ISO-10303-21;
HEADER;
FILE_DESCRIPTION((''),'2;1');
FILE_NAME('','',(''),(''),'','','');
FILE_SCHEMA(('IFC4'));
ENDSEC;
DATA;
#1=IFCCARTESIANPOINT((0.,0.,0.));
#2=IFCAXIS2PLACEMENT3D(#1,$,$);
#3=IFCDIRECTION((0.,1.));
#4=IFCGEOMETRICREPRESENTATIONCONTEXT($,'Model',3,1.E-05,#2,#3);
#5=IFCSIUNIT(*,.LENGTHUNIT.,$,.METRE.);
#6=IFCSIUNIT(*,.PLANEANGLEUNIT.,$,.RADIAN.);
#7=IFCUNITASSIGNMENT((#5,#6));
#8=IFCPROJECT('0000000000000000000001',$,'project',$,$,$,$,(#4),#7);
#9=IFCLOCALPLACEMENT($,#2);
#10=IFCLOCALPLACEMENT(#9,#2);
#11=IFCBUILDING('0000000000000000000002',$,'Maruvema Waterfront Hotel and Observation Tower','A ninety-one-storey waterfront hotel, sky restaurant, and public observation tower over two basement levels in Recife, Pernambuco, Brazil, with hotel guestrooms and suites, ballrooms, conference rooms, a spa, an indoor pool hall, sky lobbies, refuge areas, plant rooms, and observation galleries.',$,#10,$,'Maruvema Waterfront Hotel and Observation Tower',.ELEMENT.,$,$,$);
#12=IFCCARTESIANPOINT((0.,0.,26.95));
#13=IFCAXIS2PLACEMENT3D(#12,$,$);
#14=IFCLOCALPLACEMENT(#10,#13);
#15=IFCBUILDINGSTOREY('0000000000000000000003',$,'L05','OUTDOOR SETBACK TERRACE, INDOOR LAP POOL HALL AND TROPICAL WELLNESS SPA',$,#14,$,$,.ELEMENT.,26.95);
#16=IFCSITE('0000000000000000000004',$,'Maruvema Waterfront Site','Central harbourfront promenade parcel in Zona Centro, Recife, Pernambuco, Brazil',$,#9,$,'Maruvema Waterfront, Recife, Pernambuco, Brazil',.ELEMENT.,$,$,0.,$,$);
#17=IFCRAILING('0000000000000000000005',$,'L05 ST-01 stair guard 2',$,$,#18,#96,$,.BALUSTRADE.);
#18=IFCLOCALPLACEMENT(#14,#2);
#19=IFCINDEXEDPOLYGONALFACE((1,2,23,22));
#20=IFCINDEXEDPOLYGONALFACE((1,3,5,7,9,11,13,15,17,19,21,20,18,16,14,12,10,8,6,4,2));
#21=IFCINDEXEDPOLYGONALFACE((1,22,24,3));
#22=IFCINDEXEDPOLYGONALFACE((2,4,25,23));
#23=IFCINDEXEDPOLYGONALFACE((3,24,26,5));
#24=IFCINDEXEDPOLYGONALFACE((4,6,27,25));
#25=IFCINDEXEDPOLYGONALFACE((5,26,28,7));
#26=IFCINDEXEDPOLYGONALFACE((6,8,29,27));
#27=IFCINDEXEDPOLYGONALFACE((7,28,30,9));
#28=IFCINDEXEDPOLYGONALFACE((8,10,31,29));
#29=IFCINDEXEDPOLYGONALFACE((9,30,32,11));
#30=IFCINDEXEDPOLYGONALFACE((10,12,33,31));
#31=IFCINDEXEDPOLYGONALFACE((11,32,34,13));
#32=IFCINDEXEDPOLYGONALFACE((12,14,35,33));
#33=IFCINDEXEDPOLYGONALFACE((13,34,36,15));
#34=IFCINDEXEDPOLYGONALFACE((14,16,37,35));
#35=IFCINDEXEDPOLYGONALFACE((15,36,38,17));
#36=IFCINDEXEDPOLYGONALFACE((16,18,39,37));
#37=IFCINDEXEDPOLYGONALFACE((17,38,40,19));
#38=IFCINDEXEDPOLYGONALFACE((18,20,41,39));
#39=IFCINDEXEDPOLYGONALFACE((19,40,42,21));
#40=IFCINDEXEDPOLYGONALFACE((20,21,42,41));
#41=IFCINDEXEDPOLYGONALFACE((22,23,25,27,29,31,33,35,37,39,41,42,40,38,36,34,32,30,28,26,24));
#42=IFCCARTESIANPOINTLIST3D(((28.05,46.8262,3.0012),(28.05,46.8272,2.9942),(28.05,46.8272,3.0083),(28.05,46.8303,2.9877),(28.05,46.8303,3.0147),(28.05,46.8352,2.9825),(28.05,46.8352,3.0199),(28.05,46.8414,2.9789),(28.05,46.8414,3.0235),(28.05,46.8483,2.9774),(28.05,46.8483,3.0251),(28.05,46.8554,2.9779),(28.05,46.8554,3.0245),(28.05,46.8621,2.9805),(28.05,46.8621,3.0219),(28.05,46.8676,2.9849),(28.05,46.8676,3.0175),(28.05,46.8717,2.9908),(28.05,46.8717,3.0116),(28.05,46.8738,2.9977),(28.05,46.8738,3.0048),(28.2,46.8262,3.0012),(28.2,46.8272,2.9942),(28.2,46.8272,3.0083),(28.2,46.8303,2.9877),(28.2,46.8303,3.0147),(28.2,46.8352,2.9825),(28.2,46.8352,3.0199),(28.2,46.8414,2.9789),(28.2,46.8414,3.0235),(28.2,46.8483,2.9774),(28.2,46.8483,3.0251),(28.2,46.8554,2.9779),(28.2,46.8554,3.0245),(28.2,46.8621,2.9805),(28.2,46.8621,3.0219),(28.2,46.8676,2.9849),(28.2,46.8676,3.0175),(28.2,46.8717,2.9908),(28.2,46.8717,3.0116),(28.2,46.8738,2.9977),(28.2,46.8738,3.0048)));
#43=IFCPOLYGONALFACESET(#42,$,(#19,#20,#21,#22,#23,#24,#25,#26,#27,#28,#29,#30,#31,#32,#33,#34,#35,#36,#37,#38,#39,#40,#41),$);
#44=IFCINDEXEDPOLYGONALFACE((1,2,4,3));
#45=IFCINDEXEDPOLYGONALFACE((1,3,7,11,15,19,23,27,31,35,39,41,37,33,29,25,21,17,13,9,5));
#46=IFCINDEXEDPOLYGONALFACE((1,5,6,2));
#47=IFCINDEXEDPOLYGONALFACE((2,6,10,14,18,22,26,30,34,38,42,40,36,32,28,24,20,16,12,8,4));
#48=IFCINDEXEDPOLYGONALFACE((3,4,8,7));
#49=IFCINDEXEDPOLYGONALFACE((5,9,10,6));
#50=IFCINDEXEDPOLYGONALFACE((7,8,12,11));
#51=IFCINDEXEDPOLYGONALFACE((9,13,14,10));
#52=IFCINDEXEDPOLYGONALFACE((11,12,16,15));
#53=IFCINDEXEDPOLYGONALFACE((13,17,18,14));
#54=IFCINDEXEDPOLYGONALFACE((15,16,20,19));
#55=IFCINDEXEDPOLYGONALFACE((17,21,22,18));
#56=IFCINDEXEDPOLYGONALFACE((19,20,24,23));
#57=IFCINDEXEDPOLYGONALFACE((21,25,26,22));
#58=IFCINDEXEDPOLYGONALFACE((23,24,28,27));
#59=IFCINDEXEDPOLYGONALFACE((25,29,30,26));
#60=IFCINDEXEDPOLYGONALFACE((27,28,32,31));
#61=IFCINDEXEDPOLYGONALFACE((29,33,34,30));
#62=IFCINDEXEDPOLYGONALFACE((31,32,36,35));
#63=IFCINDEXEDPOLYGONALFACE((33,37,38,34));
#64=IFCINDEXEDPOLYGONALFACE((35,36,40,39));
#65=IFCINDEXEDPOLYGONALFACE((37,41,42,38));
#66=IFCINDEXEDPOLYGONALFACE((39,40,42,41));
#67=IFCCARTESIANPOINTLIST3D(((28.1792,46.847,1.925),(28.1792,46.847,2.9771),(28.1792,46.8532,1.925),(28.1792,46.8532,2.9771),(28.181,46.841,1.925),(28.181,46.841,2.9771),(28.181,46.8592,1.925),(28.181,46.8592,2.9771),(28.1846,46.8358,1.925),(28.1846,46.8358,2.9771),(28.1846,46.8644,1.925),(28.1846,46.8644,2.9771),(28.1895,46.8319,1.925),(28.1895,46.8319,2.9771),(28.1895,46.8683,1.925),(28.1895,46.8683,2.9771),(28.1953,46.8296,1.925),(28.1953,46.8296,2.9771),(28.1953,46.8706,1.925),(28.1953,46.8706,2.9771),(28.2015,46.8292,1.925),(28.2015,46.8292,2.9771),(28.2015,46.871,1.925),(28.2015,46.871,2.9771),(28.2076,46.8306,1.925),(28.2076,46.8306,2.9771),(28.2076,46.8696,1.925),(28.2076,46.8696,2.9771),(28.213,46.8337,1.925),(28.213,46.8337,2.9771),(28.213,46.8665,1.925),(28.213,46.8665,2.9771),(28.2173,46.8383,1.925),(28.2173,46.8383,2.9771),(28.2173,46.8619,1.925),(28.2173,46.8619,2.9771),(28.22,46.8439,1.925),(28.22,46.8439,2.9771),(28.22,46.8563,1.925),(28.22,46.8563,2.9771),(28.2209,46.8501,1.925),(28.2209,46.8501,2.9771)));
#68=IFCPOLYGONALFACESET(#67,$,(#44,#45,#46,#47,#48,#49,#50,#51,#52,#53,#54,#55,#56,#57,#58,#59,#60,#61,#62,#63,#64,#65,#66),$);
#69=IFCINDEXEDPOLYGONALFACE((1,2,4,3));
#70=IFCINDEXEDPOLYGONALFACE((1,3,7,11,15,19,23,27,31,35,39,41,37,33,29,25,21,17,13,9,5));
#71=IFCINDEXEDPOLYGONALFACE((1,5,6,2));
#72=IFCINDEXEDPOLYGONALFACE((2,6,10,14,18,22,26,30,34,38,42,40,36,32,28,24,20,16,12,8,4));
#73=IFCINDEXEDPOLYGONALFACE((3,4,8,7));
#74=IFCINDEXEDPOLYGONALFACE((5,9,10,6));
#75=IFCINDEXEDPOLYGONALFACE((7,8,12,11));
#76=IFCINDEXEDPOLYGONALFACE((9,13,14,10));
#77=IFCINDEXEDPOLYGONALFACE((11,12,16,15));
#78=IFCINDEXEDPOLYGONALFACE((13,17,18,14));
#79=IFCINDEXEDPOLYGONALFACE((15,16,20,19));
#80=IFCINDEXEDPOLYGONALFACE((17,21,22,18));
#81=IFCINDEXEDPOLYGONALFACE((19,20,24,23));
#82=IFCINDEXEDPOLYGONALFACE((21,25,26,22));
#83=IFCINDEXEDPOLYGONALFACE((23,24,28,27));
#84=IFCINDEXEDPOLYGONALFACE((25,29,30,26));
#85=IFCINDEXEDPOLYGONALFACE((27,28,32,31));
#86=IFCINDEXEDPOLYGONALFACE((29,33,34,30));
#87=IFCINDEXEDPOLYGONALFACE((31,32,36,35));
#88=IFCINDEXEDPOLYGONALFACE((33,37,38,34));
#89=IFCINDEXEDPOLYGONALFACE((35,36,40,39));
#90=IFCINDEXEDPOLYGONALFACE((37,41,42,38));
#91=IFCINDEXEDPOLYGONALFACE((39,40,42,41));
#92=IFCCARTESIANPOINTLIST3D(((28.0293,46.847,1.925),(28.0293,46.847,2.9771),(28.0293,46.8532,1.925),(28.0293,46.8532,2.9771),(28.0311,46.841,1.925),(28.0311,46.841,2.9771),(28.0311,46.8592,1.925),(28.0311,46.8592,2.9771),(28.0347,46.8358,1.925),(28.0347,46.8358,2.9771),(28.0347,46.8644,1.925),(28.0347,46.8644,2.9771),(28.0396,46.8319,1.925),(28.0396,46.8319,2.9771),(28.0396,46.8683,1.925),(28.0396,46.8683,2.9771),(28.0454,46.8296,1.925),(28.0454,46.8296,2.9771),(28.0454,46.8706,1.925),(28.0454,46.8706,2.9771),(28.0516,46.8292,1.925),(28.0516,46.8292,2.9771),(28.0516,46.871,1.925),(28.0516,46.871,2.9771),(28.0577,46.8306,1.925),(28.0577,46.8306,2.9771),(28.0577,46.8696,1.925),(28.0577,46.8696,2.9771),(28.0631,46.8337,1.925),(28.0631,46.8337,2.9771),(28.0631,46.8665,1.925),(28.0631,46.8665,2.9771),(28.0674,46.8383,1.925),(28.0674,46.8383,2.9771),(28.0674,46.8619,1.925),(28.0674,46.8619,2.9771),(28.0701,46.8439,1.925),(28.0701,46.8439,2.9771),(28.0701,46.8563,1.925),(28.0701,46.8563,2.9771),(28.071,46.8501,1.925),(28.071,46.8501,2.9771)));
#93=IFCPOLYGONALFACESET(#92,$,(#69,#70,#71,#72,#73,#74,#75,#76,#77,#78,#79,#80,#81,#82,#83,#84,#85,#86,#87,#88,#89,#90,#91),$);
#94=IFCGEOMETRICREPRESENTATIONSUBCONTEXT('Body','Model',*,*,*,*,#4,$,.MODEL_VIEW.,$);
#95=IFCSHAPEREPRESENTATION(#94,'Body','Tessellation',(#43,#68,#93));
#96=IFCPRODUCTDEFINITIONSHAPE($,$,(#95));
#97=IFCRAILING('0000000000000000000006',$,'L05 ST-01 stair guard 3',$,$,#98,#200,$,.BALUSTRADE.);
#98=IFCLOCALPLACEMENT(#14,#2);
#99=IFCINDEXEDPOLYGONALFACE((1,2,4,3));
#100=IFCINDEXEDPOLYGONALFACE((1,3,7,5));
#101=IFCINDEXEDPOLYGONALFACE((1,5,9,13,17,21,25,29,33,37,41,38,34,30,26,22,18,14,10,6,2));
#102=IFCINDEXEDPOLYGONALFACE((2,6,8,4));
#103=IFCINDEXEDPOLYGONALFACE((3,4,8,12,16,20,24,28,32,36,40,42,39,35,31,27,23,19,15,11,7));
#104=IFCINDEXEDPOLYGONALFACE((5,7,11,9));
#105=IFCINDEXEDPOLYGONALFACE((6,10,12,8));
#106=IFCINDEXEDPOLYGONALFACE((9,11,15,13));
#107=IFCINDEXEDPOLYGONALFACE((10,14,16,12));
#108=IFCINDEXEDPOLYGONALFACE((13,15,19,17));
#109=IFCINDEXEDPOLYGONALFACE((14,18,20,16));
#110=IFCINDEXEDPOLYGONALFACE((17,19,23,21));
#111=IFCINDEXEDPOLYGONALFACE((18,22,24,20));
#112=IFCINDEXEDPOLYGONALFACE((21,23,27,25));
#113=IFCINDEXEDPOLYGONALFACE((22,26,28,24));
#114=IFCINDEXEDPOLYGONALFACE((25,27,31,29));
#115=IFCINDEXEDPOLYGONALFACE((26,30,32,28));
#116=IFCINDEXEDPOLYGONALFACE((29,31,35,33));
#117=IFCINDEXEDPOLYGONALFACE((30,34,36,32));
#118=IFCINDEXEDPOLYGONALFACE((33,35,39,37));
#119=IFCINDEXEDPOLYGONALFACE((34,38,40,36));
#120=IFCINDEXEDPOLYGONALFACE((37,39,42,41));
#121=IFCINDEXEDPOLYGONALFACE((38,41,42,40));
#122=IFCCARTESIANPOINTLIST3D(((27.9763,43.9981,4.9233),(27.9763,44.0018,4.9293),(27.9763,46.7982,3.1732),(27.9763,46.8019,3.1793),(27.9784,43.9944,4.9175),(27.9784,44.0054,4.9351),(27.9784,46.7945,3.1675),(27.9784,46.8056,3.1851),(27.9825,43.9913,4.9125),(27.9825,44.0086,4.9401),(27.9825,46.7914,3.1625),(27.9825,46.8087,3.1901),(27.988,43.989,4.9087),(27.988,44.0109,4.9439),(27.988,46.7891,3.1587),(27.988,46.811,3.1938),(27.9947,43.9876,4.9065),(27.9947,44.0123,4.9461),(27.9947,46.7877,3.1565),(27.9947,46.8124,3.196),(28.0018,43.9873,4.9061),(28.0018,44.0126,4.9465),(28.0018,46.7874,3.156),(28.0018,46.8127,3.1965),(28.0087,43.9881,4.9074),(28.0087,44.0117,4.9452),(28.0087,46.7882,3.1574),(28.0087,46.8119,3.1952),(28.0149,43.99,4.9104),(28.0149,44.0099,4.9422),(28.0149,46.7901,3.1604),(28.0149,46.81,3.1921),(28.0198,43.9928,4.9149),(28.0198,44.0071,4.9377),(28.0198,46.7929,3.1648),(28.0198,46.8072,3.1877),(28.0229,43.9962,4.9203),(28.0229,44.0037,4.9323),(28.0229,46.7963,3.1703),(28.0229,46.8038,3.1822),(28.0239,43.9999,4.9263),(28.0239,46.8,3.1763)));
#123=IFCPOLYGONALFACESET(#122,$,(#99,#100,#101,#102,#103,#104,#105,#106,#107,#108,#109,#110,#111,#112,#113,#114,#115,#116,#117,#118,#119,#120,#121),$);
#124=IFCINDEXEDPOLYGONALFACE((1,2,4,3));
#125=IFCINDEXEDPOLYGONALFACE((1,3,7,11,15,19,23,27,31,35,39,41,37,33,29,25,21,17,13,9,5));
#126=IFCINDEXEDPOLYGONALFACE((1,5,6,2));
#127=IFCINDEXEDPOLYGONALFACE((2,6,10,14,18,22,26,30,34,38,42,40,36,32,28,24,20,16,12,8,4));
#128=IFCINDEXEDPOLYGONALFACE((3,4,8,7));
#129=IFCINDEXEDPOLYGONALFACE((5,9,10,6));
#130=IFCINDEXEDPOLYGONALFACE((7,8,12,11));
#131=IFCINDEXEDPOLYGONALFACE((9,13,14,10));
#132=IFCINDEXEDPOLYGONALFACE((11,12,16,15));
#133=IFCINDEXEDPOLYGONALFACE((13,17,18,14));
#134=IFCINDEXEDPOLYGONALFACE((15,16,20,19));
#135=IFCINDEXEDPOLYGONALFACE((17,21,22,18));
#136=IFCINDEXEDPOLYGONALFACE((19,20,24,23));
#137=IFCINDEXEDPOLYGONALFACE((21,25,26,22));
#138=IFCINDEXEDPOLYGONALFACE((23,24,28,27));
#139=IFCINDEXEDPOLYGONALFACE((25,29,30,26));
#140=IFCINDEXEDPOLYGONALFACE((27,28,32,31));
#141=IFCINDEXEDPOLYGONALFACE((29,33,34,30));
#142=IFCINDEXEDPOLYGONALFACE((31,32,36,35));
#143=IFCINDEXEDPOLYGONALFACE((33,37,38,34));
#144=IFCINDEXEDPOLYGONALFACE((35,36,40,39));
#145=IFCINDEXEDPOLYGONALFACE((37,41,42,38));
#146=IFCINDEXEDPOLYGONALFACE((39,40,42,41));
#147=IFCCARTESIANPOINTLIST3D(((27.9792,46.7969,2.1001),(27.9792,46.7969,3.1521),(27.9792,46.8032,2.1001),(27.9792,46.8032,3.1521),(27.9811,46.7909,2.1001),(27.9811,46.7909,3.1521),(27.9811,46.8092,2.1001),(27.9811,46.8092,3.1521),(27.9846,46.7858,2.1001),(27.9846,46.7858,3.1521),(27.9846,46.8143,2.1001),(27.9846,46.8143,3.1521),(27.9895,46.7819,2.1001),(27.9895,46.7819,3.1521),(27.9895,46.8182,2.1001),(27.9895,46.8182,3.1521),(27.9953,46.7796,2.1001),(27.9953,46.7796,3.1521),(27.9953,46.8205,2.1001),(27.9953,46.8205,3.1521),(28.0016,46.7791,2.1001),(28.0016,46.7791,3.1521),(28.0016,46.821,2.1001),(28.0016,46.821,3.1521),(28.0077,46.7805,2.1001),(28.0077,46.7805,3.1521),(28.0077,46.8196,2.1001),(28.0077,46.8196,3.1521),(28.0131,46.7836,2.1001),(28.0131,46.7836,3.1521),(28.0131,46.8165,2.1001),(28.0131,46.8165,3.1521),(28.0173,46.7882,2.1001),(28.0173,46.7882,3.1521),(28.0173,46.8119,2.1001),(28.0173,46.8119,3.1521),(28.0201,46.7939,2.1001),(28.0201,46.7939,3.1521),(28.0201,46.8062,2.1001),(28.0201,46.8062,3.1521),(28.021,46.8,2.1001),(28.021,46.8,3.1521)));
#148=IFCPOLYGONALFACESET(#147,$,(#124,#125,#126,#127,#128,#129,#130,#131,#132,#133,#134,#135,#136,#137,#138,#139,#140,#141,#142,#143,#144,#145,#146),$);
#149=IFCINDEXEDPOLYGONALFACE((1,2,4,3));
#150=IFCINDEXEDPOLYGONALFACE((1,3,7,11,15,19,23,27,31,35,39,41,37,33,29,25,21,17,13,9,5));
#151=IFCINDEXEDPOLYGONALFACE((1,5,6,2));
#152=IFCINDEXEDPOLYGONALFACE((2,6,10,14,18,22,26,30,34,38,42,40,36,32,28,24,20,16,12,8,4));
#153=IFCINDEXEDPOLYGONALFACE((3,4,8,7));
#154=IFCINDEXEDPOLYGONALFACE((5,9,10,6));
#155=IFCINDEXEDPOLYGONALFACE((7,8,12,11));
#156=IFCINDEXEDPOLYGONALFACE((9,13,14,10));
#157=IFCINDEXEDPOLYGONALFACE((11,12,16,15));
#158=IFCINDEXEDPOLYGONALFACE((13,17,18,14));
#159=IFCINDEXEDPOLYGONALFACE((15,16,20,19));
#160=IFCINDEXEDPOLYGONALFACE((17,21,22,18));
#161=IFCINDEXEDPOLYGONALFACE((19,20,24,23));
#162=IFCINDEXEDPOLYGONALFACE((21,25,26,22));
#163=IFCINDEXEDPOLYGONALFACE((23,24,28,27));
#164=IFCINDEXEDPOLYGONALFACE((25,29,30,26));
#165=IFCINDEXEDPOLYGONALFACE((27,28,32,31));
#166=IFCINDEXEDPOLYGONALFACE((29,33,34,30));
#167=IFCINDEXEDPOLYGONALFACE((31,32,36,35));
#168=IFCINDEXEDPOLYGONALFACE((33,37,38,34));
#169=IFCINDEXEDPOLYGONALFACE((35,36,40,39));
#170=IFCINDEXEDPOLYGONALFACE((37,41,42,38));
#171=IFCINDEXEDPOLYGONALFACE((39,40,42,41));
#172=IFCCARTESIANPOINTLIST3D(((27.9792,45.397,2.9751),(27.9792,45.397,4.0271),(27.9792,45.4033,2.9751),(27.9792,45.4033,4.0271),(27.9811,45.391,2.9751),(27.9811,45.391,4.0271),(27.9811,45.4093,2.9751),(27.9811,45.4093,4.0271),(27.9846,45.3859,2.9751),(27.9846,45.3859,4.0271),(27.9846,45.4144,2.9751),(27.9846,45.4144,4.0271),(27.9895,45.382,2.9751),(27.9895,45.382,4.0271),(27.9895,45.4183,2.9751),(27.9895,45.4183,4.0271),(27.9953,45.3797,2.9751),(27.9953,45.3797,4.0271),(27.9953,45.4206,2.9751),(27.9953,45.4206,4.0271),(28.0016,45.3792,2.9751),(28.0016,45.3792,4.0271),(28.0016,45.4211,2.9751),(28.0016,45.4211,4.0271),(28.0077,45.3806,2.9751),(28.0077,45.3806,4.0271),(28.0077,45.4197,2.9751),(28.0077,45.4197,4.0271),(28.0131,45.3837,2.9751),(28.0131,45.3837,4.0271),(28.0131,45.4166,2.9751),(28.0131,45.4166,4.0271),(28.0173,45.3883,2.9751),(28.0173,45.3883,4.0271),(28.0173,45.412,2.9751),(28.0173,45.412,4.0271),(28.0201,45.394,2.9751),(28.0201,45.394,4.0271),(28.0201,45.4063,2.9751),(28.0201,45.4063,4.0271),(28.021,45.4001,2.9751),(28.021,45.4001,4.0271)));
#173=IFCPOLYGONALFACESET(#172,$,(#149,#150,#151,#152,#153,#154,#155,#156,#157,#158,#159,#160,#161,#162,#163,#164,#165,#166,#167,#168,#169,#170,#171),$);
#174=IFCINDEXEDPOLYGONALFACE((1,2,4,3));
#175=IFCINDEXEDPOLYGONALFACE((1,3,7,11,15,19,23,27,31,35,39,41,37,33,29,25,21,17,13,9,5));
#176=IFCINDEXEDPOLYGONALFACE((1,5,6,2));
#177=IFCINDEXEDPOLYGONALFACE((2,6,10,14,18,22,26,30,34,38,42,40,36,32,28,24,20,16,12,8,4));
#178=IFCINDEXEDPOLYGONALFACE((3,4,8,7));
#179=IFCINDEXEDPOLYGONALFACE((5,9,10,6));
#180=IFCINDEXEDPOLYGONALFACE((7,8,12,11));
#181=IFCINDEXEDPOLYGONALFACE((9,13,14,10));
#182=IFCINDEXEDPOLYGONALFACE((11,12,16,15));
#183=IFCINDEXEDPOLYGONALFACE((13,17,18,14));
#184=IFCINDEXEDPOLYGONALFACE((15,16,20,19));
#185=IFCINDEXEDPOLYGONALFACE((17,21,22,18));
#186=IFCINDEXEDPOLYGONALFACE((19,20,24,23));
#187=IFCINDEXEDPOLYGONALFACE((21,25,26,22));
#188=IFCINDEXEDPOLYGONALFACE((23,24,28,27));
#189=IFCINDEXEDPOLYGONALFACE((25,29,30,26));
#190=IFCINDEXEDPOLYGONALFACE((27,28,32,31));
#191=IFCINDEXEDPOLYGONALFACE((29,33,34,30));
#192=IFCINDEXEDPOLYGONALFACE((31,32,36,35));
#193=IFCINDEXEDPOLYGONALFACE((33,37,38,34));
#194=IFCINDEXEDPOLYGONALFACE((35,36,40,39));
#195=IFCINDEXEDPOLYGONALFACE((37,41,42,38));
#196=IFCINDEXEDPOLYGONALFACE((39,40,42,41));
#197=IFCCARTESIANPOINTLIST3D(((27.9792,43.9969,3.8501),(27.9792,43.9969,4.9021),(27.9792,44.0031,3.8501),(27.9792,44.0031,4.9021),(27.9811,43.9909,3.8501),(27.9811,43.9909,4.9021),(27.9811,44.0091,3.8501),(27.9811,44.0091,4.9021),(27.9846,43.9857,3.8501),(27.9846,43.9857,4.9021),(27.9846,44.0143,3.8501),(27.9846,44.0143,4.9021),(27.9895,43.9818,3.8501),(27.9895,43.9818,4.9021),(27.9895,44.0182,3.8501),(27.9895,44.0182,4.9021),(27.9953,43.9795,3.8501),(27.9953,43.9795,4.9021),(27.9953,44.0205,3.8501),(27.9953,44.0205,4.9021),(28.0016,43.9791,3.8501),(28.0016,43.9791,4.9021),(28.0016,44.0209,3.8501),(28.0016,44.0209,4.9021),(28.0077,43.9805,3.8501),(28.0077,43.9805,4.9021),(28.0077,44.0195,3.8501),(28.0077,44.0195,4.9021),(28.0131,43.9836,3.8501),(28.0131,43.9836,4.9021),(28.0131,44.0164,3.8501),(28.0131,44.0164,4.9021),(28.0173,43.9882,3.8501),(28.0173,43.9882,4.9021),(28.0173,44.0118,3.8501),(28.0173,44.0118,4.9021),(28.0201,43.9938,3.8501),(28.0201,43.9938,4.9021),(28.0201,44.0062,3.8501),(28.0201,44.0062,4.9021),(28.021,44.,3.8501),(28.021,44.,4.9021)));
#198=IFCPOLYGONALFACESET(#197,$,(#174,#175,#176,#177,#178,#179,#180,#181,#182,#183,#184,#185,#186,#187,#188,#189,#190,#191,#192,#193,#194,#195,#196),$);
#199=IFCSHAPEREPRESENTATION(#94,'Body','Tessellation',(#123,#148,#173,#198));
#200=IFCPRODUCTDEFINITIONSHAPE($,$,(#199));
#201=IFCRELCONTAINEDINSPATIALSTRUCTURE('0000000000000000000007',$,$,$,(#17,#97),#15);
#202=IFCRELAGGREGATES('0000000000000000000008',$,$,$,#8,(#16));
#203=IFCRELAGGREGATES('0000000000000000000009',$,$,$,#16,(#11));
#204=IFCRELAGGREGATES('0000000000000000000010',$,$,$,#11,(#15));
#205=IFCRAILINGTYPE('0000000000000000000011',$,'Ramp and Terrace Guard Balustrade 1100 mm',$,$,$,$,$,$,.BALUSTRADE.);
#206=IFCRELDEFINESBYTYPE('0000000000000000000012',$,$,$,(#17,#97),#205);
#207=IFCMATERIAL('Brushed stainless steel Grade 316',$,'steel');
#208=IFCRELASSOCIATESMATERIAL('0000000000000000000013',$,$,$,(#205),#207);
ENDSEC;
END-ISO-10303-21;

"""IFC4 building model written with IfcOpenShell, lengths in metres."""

from ifc_helpers import new_model, si_unit, direction, frame, origin, origin_2d, place, context, subcontext, project, spatial, circle, extrude, material, type_object, element, save


model = new_model("IFC4")

# Units and contexts
model_context = context("Model", 3, precision=1e-05, world=origin(), true_north=direction((0.0, 1.0)))
body_context = subcontext(model_context, "Body", "Model", "MODEL_VIEW")
ifc_project = project(units=[si_unit("LENGTHUNIT", "METRE"), si_unit("PLANEANGLEUNIT", "RADIAN")], contexts=[model_context])

# Site, building, storey
site_placement = place(None, origin())
site = spatial("IfcSite", under=ifc_project, at=site_placement, Name="Maruvema Waterfront Site", Description="Central harbourfront promenade parcel in Zona Centro, Recife, Pernambuco, Brazil", LongName="Maruvema Waterfront, Recife, Pernambuco, Brazil", CompositionType="ELEMENT", RefElevation=0.0)
building_placement = place(site_placement, origin())
building = spatial("IfcBuilding", under=site, at=building_placement, Name="Maruvema Waterfront Hotel and Observation Tower", Description="A ninety-one-storey waterfront hotel, sky restaurant, and public observation tower over two basement levels in Recife, Pernambuco, Brazil, with hotel guestrooms and suites, ballrooms, conference rooms, a spa, an indoor pool hall, sky lobbies, refuge areas, plant rooms, and observation galleries.", LongName="Maruvema Waterfront Hotel and Observation Tower", CompositionType="ELEMENT")
storey_placement = place(building_placement, frame((0.0, 0.0, 26.95)))
storey = spatial("IfcBuildingStorey", under=building, at=storey_placement, Name="L05", Description="OUTDOOR SETBACK TERRACE, INDOOR LAP POOL HALL AND TROPICAL WELLNESS SPA", CompositionType="ELEMENT", Elevation=26.95)

# Railings
ifc_material_1 = material(Name="Brushed stainless steel Grade 316", Category="steel")
railing_type_1 = type_object("IfcRailingType", Name="Ramp and Terrace Guard Balustrade 1100 mm", PredefinedType="BALUSTRADE", material=ifc_material_1)
railing_1_placement = place(storey_placement, frame((28.2, 46.8501, 1.925)))
element("IfcRailing", 1, at=railing_1_placement, inside=storey, type_object=railing_type_1, Name="L05 ST-01 stair guard 2", PredefinedType="BALUSTRADE", context=body_context, shape_type="SweptSolid", body=[
    extrude(circle(Radius=0.0239, at=origin_2d()), frame((0.0, 0.0, 1.0762), z_axis=(-1.0, 0.0, 0.0), x_axis=(0.0, -1.0, 0.0)), (0.0, 0.0, 1.0), 0.1499),
    extrude(circle(Radius=0.021, at=origin_2d()), origin(), (0.0, 0.0, 1.0), 1.052),
    extrude(circle(Radius=0.021, at=origin_2d()), frame((-0.1499, 0.0, 0.0)), (0.0, 0.0, 1.0), 1.052),
])
railing_2_placement = place(storey_placement, frame((28.0, 46.8, 2.1001)))
element("IfcRailing", 2, at=railing_2_placement, inside=storey, type_object=railing_type_1, Name="L05 ST-01 stair guard 3", PredefinedType="BALUSTRADE", context=body_context, shape_type="SweptSolid", body=[
    extrude(circle(Radius=0.0239, at=origin_2d()), frame((0.0, 0.0, 1.0762), z_axis=(0.0, -0.848002, 0.529992), x_axis=(1.0, 0.0, 0.0)), (0.0, 0.0, 1.0), 3.302),
    extrude(circle(Radius=0.021, at=origin_2d()), origin(), (0.0, 0.0, 1.0), 1.052),
    extrude(circle(Radius=0.021, at=origin_2d()), frame((0.0, -1.3999, 0.875)), (0.0, 0.0, 1.0), 1.052),
    extrude(circle(Radius=0.021, at=origin_2d()), frame((0.0, -2.8, 1.75)), (0.0, 0.0, 1.0), 1.052),
])

save(model, "model.ifc")
